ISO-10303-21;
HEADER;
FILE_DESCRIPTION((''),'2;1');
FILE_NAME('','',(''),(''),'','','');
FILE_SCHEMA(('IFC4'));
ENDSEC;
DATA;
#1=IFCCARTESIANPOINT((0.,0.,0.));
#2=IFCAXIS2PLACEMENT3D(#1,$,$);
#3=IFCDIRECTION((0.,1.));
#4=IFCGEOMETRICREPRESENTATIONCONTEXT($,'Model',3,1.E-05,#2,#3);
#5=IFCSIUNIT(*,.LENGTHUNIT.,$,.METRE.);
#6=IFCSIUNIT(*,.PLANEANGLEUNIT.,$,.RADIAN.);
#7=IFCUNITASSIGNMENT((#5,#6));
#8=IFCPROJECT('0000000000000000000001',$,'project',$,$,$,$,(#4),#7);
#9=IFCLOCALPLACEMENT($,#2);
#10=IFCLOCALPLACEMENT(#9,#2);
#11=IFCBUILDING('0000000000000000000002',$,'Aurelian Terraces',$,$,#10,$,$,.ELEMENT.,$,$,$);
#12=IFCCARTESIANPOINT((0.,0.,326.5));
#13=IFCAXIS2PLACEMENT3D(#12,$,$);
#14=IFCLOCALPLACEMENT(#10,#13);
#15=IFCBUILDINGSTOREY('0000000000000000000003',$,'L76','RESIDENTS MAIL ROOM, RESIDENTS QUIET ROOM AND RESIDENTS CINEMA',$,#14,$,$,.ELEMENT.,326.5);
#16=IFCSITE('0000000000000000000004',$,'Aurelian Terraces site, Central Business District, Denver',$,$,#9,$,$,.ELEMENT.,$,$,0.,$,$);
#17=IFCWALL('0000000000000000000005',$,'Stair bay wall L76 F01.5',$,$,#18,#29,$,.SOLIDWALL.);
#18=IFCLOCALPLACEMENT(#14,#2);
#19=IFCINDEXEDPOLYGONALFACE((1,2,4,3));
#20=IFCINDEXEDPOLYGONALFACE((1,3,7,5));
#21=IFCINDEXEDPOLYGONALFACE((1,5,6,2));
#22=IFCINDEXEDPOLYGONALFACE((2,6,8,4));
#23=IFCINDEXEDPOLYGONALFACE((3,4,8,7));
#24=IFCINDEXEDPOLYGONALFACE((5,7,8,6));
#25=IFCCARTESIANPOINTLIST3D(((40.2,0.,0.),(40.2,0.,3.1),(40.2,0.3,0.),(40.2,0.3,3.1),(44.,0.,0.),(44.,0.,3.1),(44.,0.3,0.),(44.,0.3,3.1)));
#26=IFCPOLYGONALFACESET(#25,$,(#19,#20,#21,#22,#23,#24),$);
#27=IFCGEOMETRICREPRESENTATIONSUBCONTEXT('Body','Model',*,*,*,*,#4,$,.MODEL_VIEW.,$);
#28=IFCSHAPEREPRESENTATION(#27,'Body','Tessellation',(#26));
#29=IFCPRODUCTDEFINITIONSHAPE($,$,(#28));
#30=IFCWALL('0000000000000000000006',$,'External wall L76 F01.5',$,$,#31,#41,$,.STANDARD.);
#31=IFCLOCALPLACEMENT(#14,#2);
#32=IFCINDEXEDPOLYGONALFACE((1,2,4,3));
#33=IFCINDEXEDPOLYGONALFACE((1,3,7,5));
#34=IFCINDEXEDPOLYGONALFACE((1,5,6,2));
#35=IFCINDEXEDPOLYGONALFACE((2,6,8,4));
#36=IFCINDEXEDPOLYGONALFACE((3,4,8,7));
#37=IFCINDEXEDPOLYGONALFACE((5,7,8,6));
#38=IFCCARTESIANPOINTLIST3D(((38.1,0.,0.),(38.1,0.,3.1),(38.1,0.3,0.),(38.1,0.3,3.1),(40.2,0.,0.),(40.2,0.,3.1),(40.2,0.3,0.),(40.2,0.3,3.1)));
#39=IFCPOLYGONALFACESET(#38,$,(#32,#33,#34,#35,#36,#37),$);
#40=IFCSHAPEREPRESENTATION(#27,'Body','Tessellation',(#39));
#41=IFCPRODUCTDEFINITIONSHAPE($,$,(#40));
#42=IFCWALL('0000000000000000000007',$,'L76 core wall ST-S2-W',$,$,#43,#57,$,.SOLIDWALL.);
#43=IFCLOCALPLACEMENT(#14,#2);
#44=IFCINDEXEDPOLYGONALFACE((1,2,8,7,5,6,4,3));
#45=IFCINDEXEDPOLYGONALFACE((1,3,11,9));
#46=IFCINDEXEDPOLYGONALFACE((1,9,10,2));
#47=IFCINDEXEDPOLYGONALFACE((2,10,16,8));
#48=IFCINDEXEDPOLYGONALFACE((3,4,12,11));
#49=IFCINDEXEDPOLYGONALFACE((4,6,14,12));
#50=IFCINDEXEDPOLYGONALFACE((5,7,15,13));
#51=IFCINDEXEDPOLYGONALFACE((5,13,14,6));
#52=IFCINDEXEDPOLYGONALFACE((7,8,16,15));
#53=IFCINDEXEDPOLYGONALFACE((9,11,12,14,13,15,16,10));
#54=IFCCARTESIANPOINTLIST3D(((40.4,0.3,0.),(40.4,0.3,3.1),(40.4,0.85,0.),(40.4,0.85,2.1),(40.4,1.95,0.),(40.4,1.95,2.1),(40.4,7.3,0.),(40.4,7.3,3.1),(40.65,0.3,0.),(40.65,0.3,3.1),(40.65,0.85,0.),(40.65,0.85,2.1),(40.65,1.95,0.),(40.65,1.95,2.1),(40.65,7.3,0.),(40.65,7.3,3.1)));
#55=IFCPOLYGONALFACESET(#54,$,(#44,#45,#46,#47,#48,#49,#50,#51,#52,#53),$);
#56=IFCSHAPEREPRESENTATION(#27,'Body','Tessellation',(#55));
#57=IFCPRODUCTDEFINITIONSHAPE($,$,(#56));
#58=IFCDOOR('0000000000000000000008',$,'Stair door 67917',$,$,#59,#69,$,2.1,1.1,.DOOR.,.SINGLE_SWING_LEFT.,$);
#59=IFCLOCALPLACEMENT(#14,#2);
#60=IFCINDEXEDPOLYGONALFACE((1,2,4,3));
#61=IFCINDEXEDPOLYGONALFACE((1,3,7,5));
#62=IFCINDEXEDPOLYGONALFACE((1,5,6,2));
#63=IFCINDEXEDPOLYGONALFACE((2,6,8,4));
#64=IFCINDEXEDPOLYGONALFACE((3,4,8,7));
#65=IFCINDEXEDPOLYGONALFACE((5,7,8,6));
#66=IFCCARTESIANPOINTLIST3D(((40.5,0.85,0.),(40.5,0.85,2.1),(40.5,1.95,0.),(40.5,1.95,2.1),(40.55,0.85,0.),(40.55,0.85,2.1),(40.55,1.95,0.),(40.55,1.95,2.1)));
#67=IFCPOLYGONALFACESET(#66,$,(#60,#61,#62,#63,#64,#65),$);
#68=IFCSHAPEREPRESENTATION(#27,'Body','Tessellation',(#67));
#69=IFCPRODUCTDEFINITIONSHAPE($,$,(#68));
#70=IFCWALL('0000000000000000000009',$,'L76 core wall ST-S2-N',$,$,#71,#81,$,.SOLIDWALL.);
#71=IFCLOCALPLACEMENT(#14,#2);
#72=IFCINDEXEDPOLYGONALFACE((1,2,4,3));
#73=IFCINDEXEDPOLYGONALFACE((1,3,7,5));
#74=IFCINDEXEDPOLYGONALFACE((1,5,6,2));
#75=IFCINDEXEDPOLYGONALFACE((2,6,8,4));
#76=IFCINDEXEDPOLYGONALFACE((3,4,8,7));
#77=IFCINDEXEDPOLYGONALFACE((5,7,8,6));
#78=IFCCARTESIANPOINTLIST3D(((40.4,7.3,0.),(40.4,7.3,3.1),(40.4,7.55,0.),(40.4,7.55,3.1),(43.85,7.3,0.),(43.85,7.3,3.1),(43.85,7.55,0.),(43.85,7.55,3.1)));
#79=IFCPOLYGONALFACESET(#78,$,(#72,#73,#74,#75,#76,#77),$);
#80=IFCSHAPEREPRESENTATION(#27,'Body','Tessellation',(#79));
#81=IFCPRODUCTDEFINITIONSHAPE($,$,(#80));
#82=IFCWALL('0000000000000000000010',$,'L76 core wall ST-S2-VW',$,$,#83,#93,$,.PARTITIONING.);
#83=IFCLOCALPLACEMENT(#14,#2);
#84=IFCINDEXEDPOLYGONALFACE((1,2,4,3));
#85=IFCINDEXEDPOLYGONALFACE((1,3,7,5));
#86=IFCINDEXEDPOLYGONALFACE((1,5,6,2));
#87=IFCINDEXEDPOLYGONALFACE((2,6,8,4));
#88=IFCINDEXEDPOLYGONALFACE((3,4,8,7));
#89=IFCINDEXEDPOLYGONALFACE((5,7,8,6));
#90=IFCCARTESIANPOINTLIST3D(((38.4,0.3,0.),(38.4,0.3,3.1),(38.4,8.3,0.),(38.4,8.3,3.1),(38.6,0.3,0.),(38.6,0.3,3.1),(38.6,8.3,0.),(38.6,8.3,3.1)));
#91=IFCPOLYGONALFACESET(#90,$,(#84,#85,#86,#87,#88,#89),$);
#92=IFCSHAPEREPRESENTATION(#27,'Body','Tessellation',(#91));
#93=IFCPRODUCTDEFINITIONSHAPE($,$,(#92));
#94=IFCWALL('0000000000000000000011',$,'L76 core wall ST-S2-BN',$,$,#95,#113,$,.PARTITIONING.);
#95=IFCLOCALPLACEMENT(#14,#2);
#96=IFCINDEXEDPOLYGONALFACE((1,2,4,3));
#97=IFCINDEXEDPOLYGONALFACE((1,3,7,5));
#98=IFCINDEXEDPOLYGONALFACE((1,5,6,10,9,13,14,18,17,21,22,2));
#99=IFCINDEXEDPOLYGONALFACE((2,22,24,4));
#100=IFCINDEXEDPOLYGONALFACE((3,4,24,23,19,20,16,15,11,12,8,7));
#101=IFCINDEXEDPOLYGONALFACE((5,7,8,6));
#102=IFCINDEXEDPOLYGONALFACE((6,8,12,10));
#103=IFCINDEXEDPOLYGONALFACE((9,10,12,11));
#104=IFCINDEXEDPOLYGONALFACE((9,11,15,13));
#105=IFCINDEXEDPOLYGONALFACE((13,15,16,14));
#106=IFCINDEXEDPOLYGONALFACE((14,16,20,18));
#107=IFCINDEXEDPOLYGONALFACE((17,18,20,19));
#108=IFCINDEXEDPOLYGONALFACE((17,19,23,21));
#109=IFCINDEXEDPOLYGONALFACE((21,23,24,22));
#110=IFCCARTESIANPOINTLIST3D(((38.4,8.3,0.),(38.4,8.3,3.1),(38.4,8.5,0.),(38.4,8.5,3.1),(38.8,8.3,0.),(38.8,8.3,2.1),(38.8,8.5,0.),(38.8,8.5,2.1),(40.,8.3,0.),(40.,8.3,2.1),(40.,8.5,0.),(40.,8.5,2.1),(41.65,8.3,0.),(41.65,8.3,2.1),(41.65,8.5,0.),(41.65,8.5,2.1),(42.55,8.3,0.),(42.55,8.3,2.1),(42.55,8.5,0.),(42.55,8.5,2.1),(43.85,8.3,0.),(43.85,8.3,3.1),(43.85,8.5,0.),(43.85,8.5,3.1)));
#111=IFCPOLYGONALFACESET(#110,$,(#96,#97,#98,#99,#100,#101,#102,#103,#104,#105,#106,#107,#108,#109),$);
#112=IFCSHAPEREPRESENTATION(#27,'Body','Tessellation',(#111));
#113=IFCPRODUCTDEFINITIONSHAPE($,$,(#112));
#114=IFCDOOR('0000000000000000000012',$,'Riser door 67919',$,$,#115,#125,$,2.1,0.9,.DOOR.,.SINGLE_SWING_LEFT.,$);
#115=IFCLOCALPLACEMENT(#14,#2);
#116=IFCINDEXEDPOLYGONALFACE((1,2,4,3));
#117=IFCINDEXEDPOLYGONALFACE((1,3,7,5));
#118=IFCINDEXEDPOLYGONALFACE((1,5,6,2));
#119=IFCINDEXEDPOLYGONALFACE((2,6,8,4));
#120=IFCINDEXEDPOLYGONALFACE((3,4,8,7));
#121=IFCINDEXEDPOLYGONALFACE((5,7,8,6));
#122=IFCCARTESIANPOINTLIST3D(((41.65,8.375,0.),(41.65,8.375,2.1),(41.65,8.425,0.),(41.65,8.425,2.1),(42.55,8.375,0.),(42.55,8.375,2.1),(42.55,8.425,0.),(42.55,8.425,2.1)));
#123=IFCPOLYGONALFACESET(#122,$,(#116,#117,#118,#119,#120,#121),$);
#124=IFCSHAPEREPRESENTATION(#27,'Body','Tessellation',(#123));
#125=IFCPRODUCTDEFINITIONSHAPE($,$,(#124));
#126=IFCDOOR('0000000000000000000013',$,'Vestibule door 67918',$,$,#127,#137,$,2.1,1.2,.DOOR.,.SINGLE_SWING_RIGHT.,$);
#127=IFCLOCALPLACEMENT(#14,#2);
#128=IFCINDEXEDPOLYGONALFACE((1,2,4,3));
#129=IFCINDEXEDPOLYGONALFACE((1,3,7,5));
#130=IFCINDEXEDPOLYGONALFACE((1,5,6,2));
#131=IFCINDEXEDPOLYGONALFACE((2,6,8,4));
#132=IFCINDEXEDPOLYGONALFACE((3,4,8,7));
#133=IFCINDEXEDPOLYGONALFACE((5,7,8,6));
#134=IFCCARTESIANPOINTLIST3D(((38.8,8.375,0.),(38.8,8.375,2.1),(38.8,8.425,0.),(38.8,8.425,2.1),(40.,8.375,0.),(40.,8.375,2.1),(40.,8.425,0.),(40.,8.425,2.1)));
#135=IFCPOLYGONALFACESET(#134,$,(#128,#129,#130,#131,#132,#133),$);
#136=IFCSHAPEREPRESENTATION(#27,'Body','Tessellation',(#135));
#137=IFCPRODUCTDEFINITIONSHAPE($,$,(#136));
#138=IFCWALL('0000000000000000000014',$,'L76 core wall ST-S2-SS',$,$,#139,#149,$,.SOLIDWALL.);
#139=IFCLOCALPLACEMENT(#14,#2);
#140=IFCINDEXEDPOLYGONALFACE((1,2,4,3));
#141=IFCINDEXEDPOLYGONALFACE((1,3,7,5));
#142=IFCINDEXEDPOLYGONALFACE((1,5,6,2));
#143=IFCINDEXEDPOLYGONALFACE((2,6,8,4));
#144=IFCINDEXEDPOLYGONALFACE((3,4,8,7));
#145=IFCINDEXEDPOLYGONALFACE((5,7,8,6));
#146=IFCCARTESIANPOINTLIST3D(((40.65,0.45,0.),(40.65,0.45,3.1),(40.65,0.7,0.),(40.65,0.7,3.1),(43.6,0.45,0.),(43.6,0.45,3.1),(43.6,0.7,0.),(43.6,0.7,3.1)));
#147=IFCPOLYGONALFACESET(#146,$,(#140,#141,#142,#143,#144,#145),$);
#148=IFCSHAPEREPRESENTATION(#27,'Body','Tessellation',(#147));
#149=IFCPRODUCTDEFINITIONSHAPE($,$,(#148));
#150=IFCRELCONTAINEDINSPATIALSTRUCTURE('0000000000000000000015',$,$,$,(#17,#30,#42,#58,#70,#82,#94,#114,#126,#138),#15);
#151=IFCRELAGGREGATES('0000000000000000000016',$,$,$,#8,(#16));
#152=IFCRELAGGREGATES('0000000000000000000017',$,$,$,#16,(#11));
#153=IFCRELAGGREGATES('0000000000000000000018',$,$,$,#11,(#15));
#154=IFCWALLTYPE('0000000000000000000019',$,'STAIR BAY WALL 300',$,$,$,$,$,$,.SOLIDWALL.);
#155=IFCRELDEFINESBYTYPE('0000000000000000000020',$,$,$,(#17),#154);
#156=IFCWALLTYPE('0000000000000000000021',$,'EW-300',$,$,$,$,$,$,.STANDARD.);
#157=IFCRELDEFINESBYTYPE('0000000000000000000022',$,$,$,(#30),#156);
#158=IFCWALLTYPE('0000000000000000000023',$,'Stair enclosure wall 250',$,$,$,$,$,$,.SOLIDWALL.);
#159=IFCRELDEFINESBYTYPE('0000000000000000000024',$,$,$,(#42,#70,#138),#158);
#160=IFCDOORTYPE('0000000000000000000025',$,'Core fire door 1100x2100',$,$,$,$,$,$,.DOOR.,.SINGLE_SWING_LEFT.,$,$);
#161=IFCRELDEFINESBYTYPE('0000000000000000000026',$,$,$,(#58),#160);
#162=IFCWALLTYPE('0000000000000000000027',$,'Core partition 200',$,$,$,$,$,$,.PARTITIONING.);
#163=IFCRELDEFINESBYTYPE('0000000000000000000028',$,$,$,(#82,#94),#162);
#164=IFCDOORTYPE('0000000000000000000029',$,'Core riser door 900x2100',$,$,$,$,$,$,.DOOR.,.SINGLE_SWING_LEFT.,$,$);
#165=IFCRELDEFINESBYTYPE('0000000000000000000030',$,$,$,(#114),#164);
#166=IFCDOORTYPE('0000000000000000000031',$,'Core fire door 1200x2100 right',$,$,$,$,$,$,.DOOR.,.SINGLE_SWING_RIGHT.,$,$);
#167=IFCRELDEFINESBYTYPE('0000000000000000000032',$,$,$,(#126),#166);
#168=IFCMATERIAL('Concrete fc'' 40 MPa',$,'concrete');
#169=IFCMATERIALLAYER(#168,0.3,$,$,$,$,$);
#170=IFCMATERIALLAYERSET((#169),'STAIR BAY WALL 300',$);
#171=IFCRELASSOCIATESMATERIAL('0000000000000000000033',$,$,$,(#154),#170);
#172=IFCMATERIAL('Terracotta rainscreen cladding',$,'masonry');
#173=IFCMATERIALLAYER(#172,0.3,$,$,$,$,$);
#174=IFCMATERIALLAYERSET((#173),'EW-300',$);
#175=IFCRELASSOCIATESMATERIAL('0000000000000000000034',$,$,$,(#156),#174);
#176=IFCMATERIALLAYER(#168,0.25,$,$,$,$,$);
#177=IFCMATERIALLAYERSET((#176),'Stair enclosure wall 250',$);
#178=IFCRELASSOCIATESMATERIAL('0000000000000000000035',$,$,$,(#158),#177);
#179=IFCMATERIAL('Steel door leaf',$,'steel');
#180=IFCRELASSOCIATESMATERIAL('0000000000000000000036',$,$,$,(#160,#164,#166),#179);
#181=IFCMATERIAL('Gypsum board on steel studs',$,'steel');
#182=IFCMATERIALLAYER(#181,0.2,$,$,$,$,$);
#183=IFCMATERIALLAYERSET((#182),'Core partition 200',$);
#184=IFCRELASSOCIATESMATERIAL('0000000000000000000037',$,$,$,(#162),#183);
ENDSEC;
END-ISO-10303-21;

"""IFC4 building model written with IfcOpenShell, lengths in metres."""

from ifc_helpers import new_model, si_unit, direction, frame, frame_2d, origin, place, context, subcontext, project, spatial, rectangle, extrude, source, transform, mapped, material, layer, layer_set, type_object, element, fill, save


model = new_model("IFC4")

# Units and contexts
model_context = context("Model", 3, precision=1e-05, world=origin(), true_north=direction((0.0, 1.0)))
body_context = subcontext(model_context, "Body", "Model", "MODEL_VIEW")
ifc_project = project(units=[si_unit("LENGTHUNIT", "METRE"), si_unit("PLANEANGLEUNIT", "RADIAN")], contexts=[model_context])

# Site, building, storey
site_placement = place(None, origin())
site = spatial("IfcSite", under=ifc_project, at=site_placement, Name="Aurelian Terraces site, Central Business District, Denver", CompositionType="ELEMENT", RefElevation=0.0)
building_placement = place(site_placement, origin())
building = spatial("IfcBuilding", under=site, at=building_placement, Name="Aurelian Terraces", CompositionType="ELEMENT")
storey_placement = place(building_placement, frame((0.0, 0.0, 326.5)))
storey = spatial("IfcBuildingStorey", under=building, at=storey_placement, Name="L76", Description="RESIDENTS MAIL ROOM, RESIDENTS QUIET ROOM AND RESIDENTS CINEMA", CompositionType="ELEMENT", Elevation=326.5)

# Walls
ifc_material_1 = material(Name="Concrete fc' 40 MPa", Category="concrete")
ifc_layer_1 = layer(ifc_material_1, 0.3)
ifc_layer_set_1 = layer_set([ifc_layer_1], Name="STAIR BAY WALL 300")
wall_type_1 = type_object("IfcWallType", Name="STAIR BAY WALL 300", PredefinedType="SOLIDWALL", material=ifc_layer_set_1)
shared_shape_1 = source(origin(), body_context, "Body", "SweptSolid", [
    extrude(rectangle(XDim=3.8, YDim=0.3, at=frame_2d((1.9, 0.0))), origin(), (0.0, 0.0, 1.0), 3.1),
])
wall_1_placement = place(storey_placement, frame((40.2, 0.15, 0.0), z_axis=(0.0, 0.0, 1.0), x_axis=(1.0, 0.0, 0.0)))
element("IfcWall", 1, at=wall_1_placement, inside=storey, type_object=wall_type_1, Name="Stair bay wall L76 F01.5", PredefinedType="SOLIDWALL", context=body_context, shape_type="MappedRepresentation", body=[
    mapped(shared_shape_1, transform((0.0, 0.0, 0.0), scale=1.0)),
])
ifc_material_2 = material(Name="Terracotta rainscreen cladding", Category="masonry")
ifc_layer_2 = layer(ifc_material_2, 0.3)
ifc_layer_set_2 = layer_set([ifc_layer_2], Name="EW-300")
wall_type_2 = type_object("IfcWallType", Name="EW-300", PredefinedType="STANDARD", material=ifc_layer_set_2)
shared_shape_2 = source(origin(), body_context, "Body", "SweptSolid", [
    extrude(rectangle(XDim=2.1, YDim=0.3, at=frame_2d((1.05, 0.0))), origin(), (0.0, 0.0, 1.0), 3.1),
])
wall_2_placement = place(storey_placement, frame((38.1, 0.15, 0.0), z_axis=(0.0, 0.0, 1.0), x_axis=(1.0, 0.0, 0.0)))
element("IfcWall", 2, at=wall_2_placement, inside=storey, type_object=wall_type_2, Name="External wall L76 F01.5", PredefinedType="STANDARD", context=body_context, shape_type="MappedRepresentation", body=[
    mapped(shared_shape_2, transform((0.0, 0.0, 0.0), scale=1.0)),
])

# Wall, opening, door
ifc_layer_3 = layer(ifc_material_1, 0.25)
ifc_layer_set_3 = layer_set([ifc_layer_3], Name="Stair enclosure wall 250")
wall_type_3 = type_object("IfcWallType", Name="Stair enclosure wall 250", PredefinedType="SOLIDWALL", material=ifc_layer_set_3)
shared_shape_3 = source(origin(), body_context, "Body", "SweptSolid", [
    extrude(rectangle(XDim=7.0, YDim=0.25, at=frame_2d((3.5, 0.0))), origin(), (0.0, 0.0, 1.0), 3.1),
])
wall_3_placement = place(storey_placement, frame((40.525, 0.3, 0.0), z_axis=(0.0, 0.0, 1.0), x_axis=(0.0, 1.0, 0.0)))
wall_3 = element("IfcWall", 3, at=wall_3_placement, inside=storey, type_object=wall_type_3, Name="L76 core wall ST-S2-W", PredefinedType="SOLIDWALL", context=body_context, shape_type="MappedRepresentation", body=[
    mapped(shared_shape_3, transform((0.0, 0.0, 0.0), scale=1.0)),
])
shared_shape_4 = source(origin(), body_context, "Body", "SweptSolid", [
    extrude(rectangle(XDim=1.1, YDim=2.1, at=frame_2d((0.55, 1.05))), frame((0.0, 0.135, 0.0), z_axis=(0.0, -1.0, 0.0), x_axis=(1.0, 0.0, 0.0)), (0.0, 0.0, 1.0), 0.27),
])
opening_1_placement = place(wall_3_placement, frame((0.55, 0.0, 0.0)))
opening_1 = element("IfcOpeningElement", 4, at=opening_1_placement, cuts=wall_3, PredefinedType="OPENING", context=body_context, shape_type="MappedRepresentation", body=[
    mapped(shared_shape_4, transform((0.0, 0.0, 0.0), scale=1.0)),
])
ifc_material_3 = material(Name="Steel door leaf", Category="steel")
door_type_1 = type_object("IfcDoorType", Name="Core fire door 1100x2100", OperationType="SINGLE_SWING_LEFT", PredefinedType="DOOR", material=ifc_material_3)
shared_shape_5 = source(origin(), body_context, "Body", "SweptSolid", [
    extrude(rectangle(XDim=1.1, YDim=2.1, at=frame_2d((0.55, 1.05))), frame((0.0, 0.025, 0.0), z_axis=(0.0, -1.0, 0.0), x_axis=(1.0, 0.0, 0.0)), (0.0, 0.0, 1.0), 0.05),
])
door_1_placement = place(opening_1_placement, origin())
door_1 = element("IfcDoor", 5, at=door_1_placement, inside=storey, type_object=door_type_1, Name="Stair door 67917", OperationType="SINGLE_SWING_LEFT", OverallHeight=2.1, OverallWidth=1.1, PredefinedType="DOOR", context=body_context, shape_type="MappedRepresentation", body=[
    mapped(shared_shape_5, transform((0.0, 0.0, 0.0), scale=1.0)),
])
fill(opening_1, door_1)

# Walls
shared_shape_6 = source(origin(), body_context, "Body", "SweptSolid", [
    extrude(rectangle(XDim=3.45, YDim=0.25, at=frame_2d((1.725, 0.0))), origin(), (0.0, 0.0, 1.0), 3.1),
])
wall_4_placement = place(storey_placement, frame((40.4, 7.425, 0.0), z_axis=(0.0, 0.0, 1.0), x_axis=(1.0, 0.0, 0.0)))
element("IfcWall", 6, at=wall_4_placement, inside=storey, type_object=wall_type_3, Name="L76 core wall ST-S2-N", PredefinedType="SOLIDWALL", context=body_context, shape_type="MappedRepresentation", body=[
    mapped(shared_shape_6, transform((0.0, 0.0, 0.0), scale=1.0)),
])
ifc_material_4 = material(Name="Gypsum board on steel studs", Category="steel")
ifc_layer_4 = layer(ifc_material_4, 0.2)
ifc_layer_set_4 = layer_set([ifc_layer_4], Name="Core partition 200")
wall_type_4 = type_object("IfcWallType", Name="Core partition 200", PredefinedType="PARTITIONING", material=ifc_layer_set_4)
shared_shape_7 = source(origin(), body_context, "Body", "SweptSolid", [
    extrude(rectangle(XDim=8.0, YDim=0.2, at=frame_2d((4.0, 0.0))), origin(), (0.0, 0.0, 1.0), 3.1),
])
wall_5_placement = place(storey_placement, frame((38.5, 0.3, 0.0), z_axis=(0.0, 0.0, 1.0), x_axis=(0.0, 1.0, 0.0)))
element("IfcWall", 7, at=wall_5_placement, inside=storey, type_object=wall_type_4, Name="L76 core wall ST-S2-VW", PredefinedType="PARTITIONING", context=body_context, shape_type="MappedRepresentation", body=[
    mapped(shared_shape_7, transform((0.0, 0.0, 0.0), scale=1.0)),
])

# Wall, openings, doors
shared_shape_8 = source(origin(), body_context, "Body", "SweptSolid", [
    extrude(rectangle(XDim=5.45, YDim=0.2, at=frame_2d((2.725, 0.0))), origin(), (0.0, 0.0, 1.0), 3.1),
])
wall_6_placement = place(storey_placement, frame((38.4, 8.4, 0.0), z_axis=(0.0, 0.0, 1.0), x_axis=(1.0, 0.0, 0.0)))
wall_6 = element("IfcWall", 8, at=wall_6_placement, inside=storey, type_object=wall_type_4, Name="L76 core wall ST-S2-BN", PredefinedType="PARTITIONING", context=body_context, shape_type="MappedRepresentation", body=[
    mapped(shared_shape_8, transform((0.0, 0.0, 0.0), scale=1.0)),
])
shared_shape_9 = source(origin(), body_context, "Body", "SweptSolid", [
    extrude(rectangle(XDim=1.2, YDim=2.1, at=frame_2d((0.6, 1.05))), frame((0.0, 0.11, 0.0), z_axis=(0.0, -1.0, 0.0), x_axis=(1.0, 0.0, 0.0)), (0.0, 0.0, 1.0), 0.22),
])
opening_2_placement = place(wall_6_placement, frame((0.4, 0.0, 0.0)))
opening_2 = element("IfcOpeningElement", 9, at=opening_2_placement, cuts=wall_6, PredefinedType="OPENING", context=body_context, shape_type="MappedRepresentation", body=[
    mapped(shared_shape_9, transform((0.0, 0.0, 0.0), scale=1.0)),
])
shared_shape_10 = source(origin(), body_context, "Body", "SweptSolid", [
    extrude(rectangle(XDim=0.9, YDim=2.1, at=frame_2d((0.45, 1.05))), frame((0.0, 0.11, 0.0), z_axis=(0.0, -1.0, 0.0), x_axis=(1.0, 0.0, 0.0)), (0.0, 0.0, 1.0), 0.22),
])
opening_3_placement = place(wall_6_placement, frame((3.25, 0.0, 0.0)))
opening_3 = element("IfcOpeningElement", 10, at=opening_3_placement, cuts=wall_6, PredefinedType="OPENING", context=body_context, shape_type="MappedRepresentation", body=[
    mapped(shared_shape_10, transform((0.0, 0.0, 0.0), scale=1.0)),
])
door_type_2 = type_object("IfcDoorType", Name="Core riser door 900x2100", OperationType="SINGLE_SWING_LEFT", PredefinedType="DOOR", material=ifc_material_3)
shared_shape_11 = source(origin(), body_context, "Body", "SweptSolid", [
    extrude(rectangle(XDim=0.9, YDim=2.1, at=frame_2d((0.45, 1.05))), frame((0.0, 0.025, 0.0), z_axis=(0.0, -1.0, 0.0), x_axis=(1.0, 0.0, 0.0)), (0.0, 0.0, 1.0), 0.05),
])
door_2_placement = place(opening_3_placement, origin())
door_2 = element("IfcDoor", 11, at=door_2_placement, inside=storey, type_object=door_type_2, Name="Riser door 67919", OperationType="SINGLE_SWING_LEFT", OverallHeight=2.1, OverallWidth=0.9, PredefinedType="DOOR", context=body_context, shape_type="MappedRepresentation", body=[
    mapped(shared_shape_11, transform((0.0, 0.0, 0.0), scale=1.0)),
])
fill(opening_3, door_2)
door_type_3 = type_object("IfcDoorType", Name="Core fire door 1200x2100 right", OperationType="SINGLE_SWING_RIGHT", PredefinedType="DOOR", material=ifc_material_3)
shared_shape_12 = source(origin(), body_context, "Body", "SweptSolid", [
    extrude(rectangle(XDim=1.2, YDim=2.1, at=frame_2d((0.6, 1.05))), frame((0.0, 0.025, 0.0), z_axis=(0.0, -1.0, 0.0), x_axis=(1.0, 0.0, 0.0)), (0.0, 0.0, 1.0), 0.05),
])
door_3_placement = place(opening_2_placement, origin())
door_3 = element("IfcDoor", 12, at=door_3_placement, inside=storey, type_object=door_type_3, Name="Vestibule door 67918", OperationType="SINGLE_SWING_RIGHT", OverallHeight=2.1, OverallWidth=1.2, PredefinedType="DOOR", context=body_context, shape_type="MappedRepresentation", body=[
    mapped(shared_shape_12, transform((0.0, 0.0, 0.0), scale=1.0)),
])
fill(opening_2, door_3)

# Wall
shared_shape_13 = source(origin(), body_context, "Body", "SweptSolid", [
    extrude(rectangle(XDim=2.95, YDim=0.25, at=frame_2d((1.475, 0.0))), origin(), (0.0, 0.0, 1.0), 3.1),
])
wall_7_placement = place(storey_placement, frame((40.65, 0.575, 0.0), z_axis=(0.0, 0.0, 1.0), x_axis=(1.0, 0.0, 0.0)))
element("IfcWall", 13, at=wall_7_placement, inside=storey, type_object=wall_type_3, Name="L76 core wall ST-S2-SS", PredefinedType="SOLIDWALL", context=body_context, shape_type="MappedRepresentation", body=[
    mapped(shared_shape_13, transform((0.0, 0.0, 0.0), scale=1.0)),
])

save(model, "model.ifc")
